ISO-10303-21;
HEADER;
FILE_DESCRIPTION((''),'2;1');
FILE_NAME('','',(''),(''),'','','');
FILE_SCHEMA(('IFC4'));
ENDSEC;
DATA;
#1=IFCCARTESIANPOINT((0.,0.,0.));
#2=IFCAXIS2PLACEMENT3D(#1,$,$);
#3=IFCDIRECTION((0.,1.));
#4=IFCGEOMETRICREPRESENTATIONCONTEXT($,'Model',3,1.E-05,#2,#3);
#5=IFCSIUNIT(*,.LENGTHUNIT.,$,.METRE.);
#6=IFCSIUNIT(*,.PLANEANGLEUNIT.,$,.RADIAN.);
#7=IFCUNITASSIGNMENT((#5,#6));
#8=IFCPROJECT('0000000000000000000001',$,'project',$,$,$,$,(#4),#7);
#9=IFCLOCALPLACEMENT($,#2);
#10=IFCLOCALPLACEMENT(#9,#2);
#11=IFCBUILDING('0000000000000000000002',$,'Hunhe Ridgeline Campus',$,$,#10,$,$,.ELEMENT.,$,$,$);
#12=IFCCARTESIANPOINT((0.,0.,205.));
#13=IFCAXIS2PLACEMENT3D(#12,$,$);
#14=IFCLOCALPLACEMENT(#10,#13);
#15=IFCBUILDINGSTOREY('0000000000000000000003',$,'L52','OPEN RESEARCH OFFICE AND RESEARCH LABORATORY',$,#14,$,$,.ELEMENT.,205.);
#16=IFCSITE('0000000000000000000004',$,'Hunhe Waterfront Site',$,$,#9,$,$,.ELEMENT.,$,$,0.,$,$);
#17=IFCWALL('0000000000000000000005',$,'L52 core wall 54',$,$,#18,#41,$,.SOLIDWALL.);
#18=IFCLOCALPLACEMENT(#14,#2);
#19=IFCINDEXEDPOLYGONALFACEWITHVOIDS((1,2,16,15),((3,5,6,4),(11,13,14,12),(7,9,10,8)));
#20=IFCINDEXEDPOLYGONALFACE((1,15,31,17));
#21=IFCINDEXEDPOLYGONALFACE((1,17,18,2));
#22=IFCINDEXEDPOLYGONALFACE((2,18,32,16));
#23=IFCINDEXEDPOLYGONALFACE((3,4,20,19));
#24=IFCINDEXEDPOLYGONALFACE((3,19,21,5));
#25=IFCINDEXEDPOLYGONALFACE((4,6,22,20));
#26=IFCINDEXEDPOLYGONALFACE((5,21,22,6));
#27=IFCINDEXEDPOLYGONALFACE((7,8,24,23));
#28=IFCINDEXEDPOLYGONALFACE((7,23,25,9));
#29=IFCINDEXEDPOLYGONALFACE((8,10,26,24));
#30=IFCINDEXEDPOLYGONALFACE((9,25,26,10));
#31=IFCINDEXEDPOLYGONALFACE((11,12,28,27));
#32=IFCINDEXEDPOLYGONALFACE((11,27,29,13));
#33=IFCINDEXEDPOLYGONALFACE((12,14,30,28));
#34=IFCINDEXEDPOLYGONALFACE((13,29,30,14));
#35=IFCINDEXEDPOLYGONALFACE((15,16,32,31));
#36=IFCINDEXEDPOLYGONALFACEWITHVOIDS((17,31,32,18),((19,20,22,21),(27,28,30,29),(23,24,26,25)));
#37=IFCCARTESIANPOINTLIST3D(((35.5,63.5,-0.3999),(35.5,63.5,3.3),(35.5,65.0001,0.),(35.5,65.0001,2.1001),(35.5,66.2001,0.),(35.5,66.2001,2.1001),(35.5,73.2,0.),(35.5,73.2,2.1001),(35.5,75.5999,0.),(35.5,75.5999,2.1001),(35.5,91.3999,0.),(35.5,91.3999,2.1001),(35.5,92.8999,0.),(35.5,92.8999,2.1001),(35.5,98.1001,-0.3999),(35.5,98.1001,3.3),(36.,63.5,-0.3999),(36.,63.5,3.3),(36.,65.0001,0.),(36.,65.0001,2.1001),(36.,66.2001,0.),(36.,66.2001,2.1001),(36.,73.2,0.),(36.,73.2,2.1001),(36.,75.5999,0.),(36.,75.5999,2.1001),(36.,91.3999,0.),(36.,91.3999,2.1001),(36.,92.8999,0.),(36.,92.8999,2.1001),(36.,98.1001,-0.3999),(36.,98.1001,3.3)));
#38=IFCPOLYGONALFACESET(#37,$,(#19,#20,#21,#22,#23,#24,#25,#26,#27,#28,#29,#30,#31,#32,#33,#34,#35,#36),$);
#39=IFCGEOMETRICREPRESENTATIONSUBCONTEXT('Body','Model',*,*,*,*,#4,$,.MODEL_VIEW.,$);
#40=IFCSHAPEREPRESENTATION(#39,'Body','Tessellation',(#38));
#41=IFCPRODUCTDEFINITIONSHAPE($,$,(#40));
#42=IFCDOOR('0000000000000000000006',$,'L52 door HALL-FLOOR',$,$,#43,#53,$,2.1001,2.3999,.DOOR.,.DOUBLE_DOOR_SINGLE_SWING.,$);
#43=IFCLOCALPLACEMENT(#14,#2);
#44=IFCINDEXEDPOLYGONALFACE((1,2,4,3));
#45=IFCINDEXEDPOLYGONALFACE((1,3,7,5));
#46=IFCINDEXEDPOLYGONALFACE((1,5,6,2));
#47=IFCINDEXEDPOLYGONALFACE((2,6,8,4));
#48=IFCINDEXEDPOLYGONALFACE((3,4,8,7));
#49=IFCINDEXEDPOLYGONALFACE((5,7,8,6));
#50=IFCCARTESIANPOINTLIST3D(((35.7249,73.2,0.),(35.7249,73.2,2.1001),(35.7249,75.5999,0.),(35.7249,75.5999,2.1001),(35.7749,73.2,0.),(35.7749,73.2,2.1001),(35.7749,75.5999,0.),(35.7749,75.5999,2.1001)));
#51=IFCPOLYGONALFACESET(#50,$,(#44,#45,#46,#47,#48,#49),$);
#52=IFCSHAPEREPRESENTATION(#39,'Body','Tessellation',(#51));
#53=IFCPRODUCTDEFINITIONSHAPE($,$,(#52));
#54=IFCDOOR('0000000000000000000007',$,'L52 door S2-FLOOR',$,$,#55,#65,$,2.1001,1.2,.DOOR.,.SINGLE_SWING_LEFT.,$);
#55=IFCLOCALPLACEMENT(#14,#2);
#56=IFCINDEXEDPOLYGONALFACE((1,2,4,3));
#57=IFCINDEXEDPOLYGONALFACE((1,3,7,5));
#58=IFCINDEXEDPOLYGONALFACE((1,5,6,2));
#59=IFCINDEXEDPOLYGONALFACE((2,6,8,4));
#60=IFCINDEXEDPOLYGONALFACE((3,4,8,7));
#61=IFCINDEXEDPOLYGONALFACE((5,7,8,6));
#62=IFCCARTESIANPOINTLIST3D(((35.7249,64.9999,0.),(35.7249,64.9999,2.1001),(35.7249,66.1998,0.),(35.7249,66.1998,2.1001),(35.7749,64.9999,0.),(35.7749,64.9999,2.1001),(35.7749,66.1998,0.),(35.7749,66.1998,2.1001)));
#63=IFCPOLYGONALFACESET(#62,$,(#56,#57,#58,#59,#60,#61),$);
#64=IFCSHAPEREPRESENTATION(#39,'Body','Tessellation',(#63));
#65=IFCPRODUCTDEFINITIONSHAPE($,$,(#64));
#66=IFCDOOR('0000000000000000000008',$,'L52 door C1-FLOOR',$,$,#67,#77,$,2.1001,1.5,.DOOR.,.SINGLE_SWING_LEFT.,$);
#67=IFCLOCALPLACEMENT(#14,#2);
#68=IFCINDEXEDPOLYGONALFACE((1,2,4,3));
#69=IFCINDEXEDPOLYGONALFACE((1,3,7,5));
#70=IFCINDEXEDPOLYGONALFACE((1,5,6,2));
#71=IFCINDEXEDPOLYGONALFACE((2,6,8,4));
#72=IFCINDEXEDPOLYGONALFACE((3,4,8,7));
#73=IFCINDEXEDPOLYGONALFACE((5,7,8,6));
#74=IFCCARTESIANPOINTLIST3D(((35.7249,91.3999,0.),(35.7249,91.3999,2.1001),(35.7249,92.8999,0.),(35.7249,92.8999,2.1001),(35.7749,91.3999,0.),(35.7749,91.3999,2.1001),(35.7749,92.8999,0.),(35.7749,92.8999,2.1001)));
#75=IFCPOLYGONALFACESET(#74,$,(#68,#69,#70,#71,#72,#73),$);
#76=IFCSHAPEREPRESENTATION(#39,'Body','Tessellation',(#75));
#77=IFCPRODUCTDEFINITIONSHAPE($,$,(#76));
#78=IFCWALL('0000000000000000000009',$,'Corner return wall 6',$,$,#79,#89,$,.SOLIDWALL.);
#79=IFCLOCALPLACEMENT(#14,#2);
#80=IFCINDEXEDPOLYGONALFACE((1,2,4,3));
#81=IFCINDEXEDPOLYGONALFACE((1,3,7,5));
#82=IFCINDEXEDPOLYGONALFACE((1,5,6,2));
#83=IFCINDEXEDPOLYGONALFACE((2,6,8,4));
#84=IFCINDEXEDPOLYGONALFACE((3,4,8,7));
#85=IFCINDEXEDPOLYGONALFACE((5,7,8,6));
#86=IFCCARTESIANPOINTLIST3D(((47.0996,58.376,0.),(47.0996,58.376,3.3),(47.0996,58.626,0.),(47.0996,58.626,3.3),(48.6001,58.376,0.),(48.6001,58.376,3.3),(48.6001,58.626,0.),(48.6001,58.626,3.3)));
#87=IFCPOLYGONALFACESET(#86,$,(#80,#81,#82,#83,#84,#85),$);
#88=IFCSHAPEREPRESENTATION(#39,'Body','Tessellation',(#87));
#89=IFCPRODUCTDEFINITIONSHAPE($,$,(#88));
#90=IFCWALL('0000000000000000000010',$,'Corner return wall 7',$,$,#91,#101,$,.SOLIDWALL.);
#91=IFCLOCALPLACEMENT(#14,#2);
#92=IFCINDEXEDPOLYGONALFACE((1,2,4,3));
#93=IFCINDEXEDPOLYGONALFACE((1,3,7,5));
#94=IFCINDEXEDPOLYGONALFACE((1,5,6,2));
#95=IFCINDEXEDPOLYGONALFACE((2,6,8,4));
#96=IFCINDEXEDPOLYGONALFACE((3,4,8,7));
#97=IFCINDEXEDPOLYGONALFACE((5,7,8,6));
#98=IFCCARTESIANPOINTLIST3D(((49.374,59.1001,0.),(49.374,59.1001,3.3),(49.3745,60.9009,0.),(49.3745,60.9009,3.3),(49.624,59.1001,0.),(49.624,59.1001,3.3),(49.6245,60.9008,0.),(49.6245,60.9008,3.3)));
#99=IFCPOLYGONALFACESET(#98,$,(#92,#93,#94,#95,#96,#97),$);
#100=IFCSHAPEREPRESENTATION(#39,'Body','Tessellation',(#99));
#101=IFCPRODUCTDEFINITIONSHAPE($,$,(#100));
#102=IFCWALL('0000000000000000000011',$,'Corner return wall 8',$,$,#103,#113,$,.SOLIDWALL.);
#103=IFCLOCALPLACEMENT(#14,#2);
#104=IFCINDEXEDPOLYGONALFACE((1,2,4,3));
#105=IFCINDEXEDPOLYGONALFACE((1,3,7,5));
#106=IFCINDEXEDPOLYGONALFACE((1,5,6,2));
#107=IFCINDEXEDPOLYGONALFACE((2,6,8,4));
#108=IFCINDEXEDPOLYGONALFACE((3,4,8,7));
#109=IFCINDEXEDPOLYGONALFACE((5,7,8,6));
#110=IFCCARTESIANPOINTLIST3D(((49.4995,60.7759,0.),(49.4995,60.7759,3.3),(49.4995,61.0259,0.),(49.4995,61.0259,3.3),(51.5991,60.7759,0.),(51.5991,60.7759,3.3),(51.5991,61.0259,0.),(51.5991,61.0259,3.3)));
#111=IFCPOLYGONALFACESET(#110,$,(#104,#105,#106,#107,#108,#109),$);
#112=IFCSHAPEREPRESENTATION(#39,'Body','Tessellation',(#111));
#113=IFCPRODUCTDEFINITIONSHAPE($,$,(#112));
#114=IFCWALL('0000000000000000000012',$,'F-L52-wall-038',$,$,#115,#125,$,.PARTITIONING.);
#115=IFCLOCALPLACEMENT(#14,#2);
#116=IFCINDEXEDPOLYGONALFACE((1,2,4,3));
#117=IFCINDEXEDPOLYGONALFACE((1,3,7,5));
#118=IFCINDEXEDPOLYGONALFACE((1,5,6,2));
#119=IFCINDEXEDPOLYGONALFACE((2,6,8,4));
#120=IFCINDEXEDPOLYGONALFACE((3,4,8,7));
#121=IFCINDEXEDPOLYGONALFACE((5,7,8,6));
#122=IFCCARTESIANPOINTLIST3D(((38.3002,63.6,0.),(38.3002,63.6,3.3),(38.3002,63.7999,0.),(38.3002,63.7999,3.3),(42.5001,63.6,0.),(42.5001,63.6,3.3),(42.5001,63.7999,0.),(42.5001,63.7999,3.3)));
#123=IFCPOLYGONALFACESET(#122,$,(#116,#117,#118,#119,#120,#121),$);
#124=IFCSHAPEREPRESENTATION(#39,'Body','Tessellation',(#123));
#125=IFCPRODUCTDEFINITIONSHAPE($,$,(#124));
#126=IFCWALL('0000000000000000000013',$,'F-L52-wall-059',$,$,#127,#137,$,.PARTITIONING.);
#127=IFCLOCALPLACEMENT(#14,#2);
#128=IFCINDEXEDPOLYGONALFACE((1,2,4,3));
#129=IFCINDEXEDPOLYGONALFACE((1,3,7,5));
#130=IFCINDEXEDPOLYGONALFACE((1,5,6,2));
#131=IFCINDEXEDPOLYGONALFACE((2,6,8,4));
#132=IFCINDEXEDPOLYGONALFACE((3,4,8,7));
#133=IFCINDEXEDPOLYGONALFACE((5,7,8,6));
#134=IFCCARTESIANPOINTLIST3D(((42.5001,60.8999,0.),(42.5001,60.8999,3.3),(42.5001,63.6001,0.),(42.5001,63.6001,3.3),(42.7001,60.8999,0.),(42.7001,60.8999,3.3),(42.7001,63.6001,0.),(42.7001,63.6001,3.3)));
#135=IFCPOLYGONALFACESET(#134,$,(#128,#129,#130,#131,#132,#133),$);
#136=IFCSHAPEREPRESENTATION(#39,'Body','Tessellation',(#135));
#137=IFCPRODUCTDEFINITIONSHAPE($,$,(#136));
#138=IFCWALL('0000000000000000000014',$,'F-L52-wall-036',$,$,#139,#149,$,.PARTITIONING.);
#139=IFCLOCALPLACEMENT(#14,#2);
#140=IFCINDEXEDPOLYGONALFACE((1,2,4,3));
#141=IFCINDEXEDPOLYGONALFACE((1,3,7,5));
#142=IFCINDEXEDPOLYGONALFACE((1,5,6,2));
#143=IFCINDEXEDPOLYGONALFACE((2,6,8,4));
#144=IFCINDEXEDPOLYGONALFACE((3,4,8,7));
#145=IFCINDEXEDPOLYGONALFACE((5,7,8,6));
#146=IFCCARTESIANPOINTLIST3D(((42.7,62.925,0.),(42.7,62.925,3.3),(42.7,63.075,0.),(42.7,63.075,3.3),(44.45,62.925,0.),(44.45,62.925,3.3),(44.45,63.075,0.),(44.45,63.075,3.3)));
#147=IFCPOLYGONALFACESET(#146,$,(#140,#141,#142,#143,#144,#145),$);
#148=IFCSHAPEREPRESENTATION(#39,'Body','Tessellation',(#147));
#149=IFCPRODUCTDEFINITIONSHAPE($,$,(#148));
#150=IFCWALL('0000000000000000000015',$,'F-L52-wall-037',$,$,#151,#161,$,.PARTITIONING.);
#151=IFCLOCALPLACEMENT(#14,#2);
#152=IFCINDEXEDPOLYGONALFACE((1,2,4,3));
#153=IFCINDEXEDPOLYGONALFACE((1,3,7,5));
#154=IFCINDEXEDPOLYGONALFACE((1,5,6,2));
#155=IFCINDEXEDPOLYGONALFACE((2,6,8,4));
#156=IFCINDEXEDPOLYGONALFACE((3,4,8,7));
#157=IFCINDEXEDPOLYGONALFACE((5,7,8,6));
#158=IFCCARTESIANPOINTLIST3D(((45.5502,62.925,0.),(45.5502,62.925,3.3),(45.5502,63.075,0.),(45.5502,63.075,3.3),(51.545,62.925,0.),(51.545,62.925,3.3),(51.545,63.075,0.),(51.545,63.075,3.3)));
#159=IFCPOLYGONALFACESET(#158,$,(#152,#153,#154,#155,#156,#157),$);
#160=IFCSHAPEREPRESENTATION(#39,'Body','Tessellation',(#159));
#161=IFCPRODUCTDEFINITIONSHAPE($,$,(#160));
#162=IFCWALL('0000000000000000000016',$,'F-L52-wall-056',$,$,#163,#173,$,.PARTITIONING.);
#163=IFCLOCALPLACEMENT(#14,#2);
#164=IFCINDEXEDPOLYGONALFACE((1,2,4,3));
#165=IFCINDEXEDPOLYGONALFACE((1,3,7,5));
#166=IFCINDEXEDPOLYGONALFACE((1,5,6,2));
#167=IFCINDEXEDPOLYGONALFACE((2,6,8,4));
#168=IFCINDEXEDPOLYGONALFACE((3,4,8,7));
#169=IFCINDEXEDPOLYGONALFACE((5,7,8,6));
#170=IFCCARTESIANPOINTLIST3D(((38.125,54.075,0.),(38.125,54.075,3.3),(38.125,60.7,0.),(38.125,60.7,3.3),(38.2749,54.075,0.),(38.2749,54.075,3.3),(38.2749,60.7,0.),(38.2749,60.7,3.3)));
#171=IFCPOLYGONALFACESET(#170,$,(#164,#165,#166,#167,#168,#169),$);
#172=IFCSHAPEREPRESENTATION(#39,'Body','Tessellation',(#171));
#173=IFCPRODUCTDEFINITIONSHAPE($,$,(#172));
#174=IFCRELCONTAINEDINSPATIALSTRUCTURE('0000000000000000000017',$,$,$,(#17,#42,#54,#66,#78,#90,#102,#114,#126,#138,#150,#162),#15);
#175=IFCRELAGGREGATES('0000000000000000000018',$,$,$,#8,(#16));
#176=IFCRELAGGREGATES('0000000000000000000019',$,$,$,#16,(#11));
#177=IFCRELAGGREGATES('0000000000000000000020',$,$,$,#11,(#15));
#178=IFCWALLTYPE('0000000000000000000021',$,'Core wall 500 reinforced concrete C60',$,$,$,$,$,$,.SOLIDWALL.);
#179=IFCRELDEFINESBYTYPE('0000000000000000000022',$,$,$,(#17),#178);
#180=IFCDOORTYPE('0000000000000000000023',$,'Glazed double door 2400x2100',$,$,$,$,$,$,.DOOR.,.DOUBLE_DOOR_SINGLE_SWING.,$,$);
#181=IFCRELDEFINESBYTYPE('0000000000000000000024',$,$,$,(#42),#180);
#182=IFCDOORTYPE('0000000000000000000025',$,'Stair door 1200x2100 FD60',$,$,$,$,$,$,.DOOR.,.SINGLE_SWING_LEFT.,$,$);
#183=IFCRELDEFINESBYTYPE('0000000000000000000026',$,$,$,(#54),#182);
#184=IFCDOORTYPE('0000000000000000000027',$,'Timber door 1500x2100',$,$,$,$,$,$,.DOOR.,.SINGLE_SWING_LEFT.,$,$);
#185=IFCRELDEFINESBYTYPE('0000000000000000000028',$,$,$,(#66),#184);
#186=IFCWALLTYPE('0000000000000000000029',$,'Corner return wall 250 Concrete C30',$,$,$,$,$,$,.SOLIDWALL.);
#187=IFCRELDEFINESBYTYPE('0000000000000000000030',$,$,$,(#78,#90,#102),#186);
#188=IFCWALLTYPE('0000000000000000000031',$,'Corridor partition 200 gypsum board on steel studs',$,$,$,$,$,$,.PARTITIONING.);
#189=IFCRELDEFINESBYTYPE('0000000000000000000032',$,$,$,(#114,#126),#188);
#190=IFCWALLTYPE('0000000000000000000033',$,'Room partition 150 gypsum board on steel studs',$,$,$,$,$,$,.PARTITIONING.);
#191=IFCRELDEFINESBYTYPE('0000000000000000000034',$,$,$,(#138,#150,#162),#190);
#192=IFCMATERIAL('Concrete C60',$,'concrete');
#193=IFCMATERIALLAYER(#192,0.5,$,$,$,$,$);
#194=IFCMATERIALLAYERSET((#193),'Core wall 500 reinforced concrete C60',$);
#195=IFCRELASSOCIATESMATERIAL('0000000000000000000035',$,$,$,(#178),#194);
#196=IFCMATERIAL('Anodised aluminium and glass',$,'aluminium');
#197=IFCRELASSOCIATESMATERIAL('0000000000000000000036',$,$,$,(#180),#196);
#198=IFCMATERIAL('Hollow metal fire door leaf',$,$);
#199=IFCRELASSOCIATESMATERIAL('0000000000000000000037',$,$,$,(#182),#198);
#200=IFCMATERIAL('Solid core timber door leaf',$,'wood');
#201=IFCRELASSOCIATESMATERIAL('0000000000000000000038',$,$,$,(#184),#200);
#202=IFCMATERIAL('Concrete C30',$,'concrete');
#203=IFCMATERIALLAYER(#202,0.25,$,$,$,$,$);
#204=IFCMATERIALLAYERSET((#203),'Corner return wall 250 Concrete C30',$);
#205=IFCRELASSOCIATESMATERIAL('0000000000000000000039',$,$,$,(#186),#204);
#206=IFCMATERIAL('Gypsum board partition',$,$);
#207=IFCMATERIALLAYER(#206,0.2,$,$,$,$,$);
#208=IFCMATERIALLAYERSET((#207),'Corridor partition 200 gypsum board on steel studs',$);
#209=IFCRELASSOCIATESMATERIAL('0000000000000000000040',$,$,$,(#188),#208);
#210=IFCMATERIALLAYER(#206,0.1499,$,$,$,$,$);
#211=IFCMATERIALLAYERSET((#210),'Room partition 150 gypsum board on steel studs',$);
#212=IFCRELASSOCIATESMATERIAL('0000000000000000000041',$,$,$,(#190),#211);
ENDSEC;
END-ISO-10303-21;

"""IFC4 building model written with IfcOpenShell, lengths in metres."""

from ifc_helpers import new_model, si_unit, direction, frame, frame_2d, origin, place, context, subcontext, project, spatial, rectangle, extrude, material, layer, layer_set, type_object, element, fill, save


model = new_model("IFC4")

# Units and contexts
model_context = context("Model", 3, precision=1e-05, world=origin(), true_north=direction((0.0, 1.0)))
body_context = subcontext(model_context, "Body", "Model", "MODEL_VIEW")
ifc_project = project(units=[si_unit("LENGTHUNIT", "METRE"), si_unit("PLANEANGLEUNIT", "RADIAN")], contexts=[model_context])

# Site, building, storey
site_placement = place(None, origin())
site = spatial("IfcSite", under=ifc_project, at=site_placement, Name="Hunhe Waterfront Site", CompositionType="ELEMENT", RefElevation=0.0)
building_placement = place(site_placement, origin())
building = spatial("IfcBuilding", under=site, at=building_placement, Name="Hunhe Ridgeline Campus", CompositionType="ELEMENT")
storey_placement = place(building_placement, frame((0.0, 0.0, 205.0)))
storey = spatial("IfcBuildingStorey", under=building, at=storey_placement, Name="L52", Description="OPEN RESEARCH OFFICE AND RESEARCH LABORATORY", CompositionType="ELEMENT", Elevation=205.0)

# Shared definitions
ifc_material_1 = material(Name="Concrete C60", Category="concrete")

# Wall, openings, doors
ifc_layer_1 = layer(ifc_material_1, 0.5)
ifc_layer_set_1 = layer_set([ifc_layer_1], Name="Core wall 500 reinforced concrete C60")
wall_type_1 = type_object("IfcWallType", Name="Core wall 500 reinforced concrete C60", PredefinedType="SOLIDWALL", material=ifc_layer_set_1)
wall_1_placement = place(storey_placement, frame((35.75, 63.5, -0.3999), z_axis=(0.0, 0.0, 1.0), x_axis=(0.0, 1.0, 0.0)))
wall_1 = element("IfcWall", 1, at=wall_1_placement, inside=storey, type_object=wall_type_1, Name="L52 core wall 54", PredefinedType="SOLIDWALL", context=body_context, shape_type="SweptSolid", body=[
    extrude(rectangle(XDim=34.6001, YDim=0.5, at=frame_2d((17.3, 0.0))), origin(), (0.0, 0.0, 1.0), 3.7),
])
opening_1_placement = place(wall_1_placement, frame((9.7, 0.0, 0.3999)))
opening_1 = element("IfcOpeningElement", 2, at=opening_1_placement, cuts=wall_1, PredefinedType="OPENING", context=body_context, shape_type="SweptSolid", body=[
    extrude(rectangle(XDim=2.3999, YDim=2.1001, at=frame_2d((1.2, 1.05))), frame((0.0, 0.25, 0.0), z_axis=(0.0, -1.0, 0.0), x_axis=(1.0, 0.0, 0.0)), (0.0, 0.0, 1.0), 0.5),
])
opening_2_placement = place(wall_1_placement, frame((27.8999, 0.0, 0.3999)))
opening_2 = element("IfcOpeningElement", 3, at=opening_2_placement, cuts=wall_1, PredefinedType="OPENING", context=body_context, shape_type="SweptSolid", body=[
    extrude(rectangle(XDim=1.5, YDim=2.1001, at=frame_2d((0.75, 1.05))), frame((0.0, 0.25, 0.0), z_axis=(0.0, -1.0, 0.0), x_axis=(1.0, 0.0, 0.0)), (0.0, 0.0, 1.0), 0.5),
])
opening_3_placement = place(wall_1_placement, frame((1.5, 0.0, 0.3999)))
opening_3 = element("IfcOpeningElement", 4, at=opening_3_placement, cuts=wall_1, PredefinedType="OPENING", context=body_context, shape_type="SweptSolid", body=[
    extrude(rectangle(XDim=1.2, YDim=2.1001, at=frame_2d((0.6001, 1.05))), frame((0.0, 0.25, 0.0), z_axis=(0.0, -1.0, 0.0), x_axis=(1.0, 0.0, 0.0)), (0.0, 0.0, 1.0), 0.5),
])
ifc_material_2 = material(Name="Anodised aluminium and glass", Category="aluminium")
door_type_1 = type_object("IfcDoorType", Name="Glazed double door 2400x2100", OperationType="DOUBLE_DOOR_SINGLE_SWING", PredefinedType="DOOR", material=ifc_material_2)
door_1_placement = place(opening_1_placement, frame((2.3999, 0.0, 0.0), z_axis=(0.0, 0.0, 1.0), x_axis=(-1.0, 0.0, 0.0)))
door_1 = element("IfcDoor", 5, at=door_1_placement, inside=storey, type_object=door_type_1, Name="L52 door HALL-FLOOR", OperationType="DOUBLE_DOOR_SINGLE_SWING", OverallHeight=2.1001, OverallWidth=2.3999, PredefinedType="DOOR", context=body_context, shape_type="SweptSolid", body=[
    extrude(rectangle(XDim=2.3999, YDim=2.1001, at=frame_2d((1.2, 1.05))), frame((0.0, 0.0249, 0.0), z_axis=(0.0, -1.0, 0.0), x_axis=(1.0, 0.0, 0.0)), (0.0, 0.0, 1.0), 0.05),
])
fill(opening_1, door_1)
ifc_material_3 = material(Name="Hollow metal fire door leaf")
door_type_2 = type_object("IfcDoorType", Name="Stair door 1200x2100 FD60", OperationType="SINGLE_SWING_LEFT", PredefinedType="DOOR", material=ifc_material_3)
door_2_placement = place(opening_3_placement, frame((1.2, 0.0, 0.0), z_axis=(0.0, 0.0, 1.0), x_axis=(-1.0, 0.0, 0.0)))
door_2 = element("IfcDoor", 6, at=door_2_placement, inside=storey, type_object=door_type_2, Name="L52 door S2-FLOOR", OperationType="SINGLE_SWING_LEFT", OverallHeight=2.1001, OverallWidth=1.2, PredefinedType="DOOR", context=body_context, shape_type="SweptSolid", body=[
    extrude(rectangle(XDim=1.2, YDim=2.1001, at=frame_2d((0.6001, 1.05))), frame((0.0, 0.0249, 0.0), z_axis=(0.0, -1.0, 0.0), x_axis=(1.0, 0.0, 0.0)), (0.0, 0.0, 1.0), 0.05),
])
fill(opening_3, door_2)
ifc_material_4 = material(Name="Solid core timber door leaf", Category="wood")
door_type_3 = type_object("IfcDoorType", Name="Timber door 1500x2100", OperationType="SINGLE_SWING_LEFT", PredefinedType="DOOR", material=ifc_material_4)
door_3_placement = place(opening_2_placement, frame((1.5, 0.0, 0.0), z_axis=(0.0, 0.0, 1.0), x_axis=(-1.0, 0.0, 0.0)))
door_3 = element("IfcDoor", 7, at=door_3_placement, inside=storey, type_object=door_type_3, Name="L52 door C1-FLOOR", OperationType="SINGLE_SWING_LEFT", OverallHeight=2.1001, OverallWidth=1.5, PredefinedType="DOOR", context=body_context, shape_type="SweptSolid", body=[
    extrude(rectangle(XDim=1.5, YDim=2.1001, at=frame_2d((0.75, 1.05))), frame((0.0, 0.0249, 0.0), z_axis=(0.0, -1.0, 0.0), x_axis=(1.0, 0.0, 0.0)), (0.0, 0.0, 1.0), 0.05),
])
fill(opening_2, door_3)

# Walls
ifc_material_5 = material(Name="Concrete C30", Category="concrete")
ifc_layer_2 = layer(ifc_material_5, 0.25)
ifc_layer_set_2 = layer_set([ifc_layer_2], Name="Corner return wall 250 Concrete C30")
wall_type_2 = type_object("IfcWallType", Name="Corner return wall 250 Concrete C30", PredefinedType="SOLIDWALL", material=ifc_layer_set_2)
wall_2_placement = place(storey_placement, frame((47.0996, 58.501, 0.0), z_axis=(0.0, 0.0, 1.0), x_axis=(1.0, 0.0, 0.0)))
element("IfcWall", 8, at=wall_2_placement, inside=storey, type_object=wall_type_2, Name="Corner return wall 6", PredefinedType="SOLIDWALL", context=body_context, shape_type="SweptSolid", body=[
    extrude(rectangle(XDim=1.5005, YDim=0.25, at=frame_2d((0.7502, 0.0))), origin(), (0.0, 0.0, 1.0), 3.3),
])
wall_3_placement = place(storey_placement, frame((49.499, 59.1001, 0.0), z_axis=(0.0, 0.0, 1.0), x_axis=(0.000271, 1.0, 0.0)))
element("IfcWall", 9, at=wall_3_placement, inside=storey, type_object=wall_type_2, Name="Corner return wall 7", PredefinedType="SOLIDWALL", context=body_context, shape_type="SweptSolid", body=[
    extrude(rectangle(XDim=1.8008, YDim=0.25, at=frame_2d((0.9004, 0.0))), origin(), (0.0, 0.0, 1.0), 3.3),
])
wall_4_placement = place(storey_placement, frame((49.4995, 60.9009, 0.0), z_axis=(0.0, 0.0, 1.0), x_axis=(1.0, 0.0, 0.0)))
element("IfcWall", 10, at=wall_4_placement, inside=storey, type_object=wall_type_2, Name="Corner return wall 8", PredefinedType="SOLIDWALL", context=body_context, shape_type="SweptSolid", body=[
    extrude(rectangle(XDim=2.0996, YDim=0.25, at=frame_2d((1.0498, 0.0))), origin(), (0.0, 0.0, 1.0), 3.3),
])

# Shared definitions
ifc_material_6 = material(Name="Gypsum board partition")
ifc_layer_3 = layer(ifc_material_6, 0.2)
ifc_layer_set_3 = layer_set([ifc_layer_3], Name="Corridor partition 200 gypsum board on steel studs")
wall_type_3 = type_object("IfcWallType", Name="Corridor partition 200 gypsum board on steel studs", PredefinedType="PARTITIONING", material=ifc_layer_set_3)

# Walls
wall_5_placement = place(storey_placement, frame((38.3, 63.7, 0.0), z_axis=(0.0, 0.0, 1.0), x_axis=(1.0, 0.0, 0.0)))
element("IfcWall", 11, at=wall_5_placement, inside=storey, type_object=wall_type_3, Name="F-L52-wall-038", PredefinedType="PARTITIONING", context=body_context, shape_type="SweptSolid", body=[
    extrude(rectangle(XDim=4.2, YDim=0.2, at=frame_2d((2.1001, 0.0))), origin(), (0.0, 0.0, 1.0), 3.3),
])
wall_6_placement = place(storey_placement, frame((42.6001, 63.6001, 0.0), z_axis=(0.0, 0.0, 1.0), x_axis=(0.0, -1.0, 0.0)))
element("IfcWall", 12, at=wall_6_placement, inside=storey, type_object=wall_type_3, Name="F-L52-wall-059", PredefinedType="PARTITIONING", context=body_context, shape_type="SweptSolid", body=[
    extrude(rectangle(XDim=2.7002, YDim=0.2, at=frame_2d((1.3501, 0.0))), origin(), (0.0, 0.0, 1.0), 3.3),
])
ifc_layer_4 = layer(ifc_material_6, 0.1499)
ifc_layer_set_4 = layer_set([ifc_layer_4], Name="Room partition 150 gypsum board on steel studs")
wall_type_4 = type_object("IfcWallType", Name="Room partition 150 gypsum board on steel studs", PredefinedType="PARTITIONING", material=ifc_layer_set_4)
wall_7_placement = place(storey_placement, frame((42.7, 63.0, 0.0), z_axis=(0.0, 0.0, 1.0), x_axis=(1.0, 0.0, 0.0)))
element("IfcWall", 13, at=wall_7_placement, inside=storey, type_object=wall_type_4, Name="F-L52-wall-036", PredefinedType="PARTITIONING", context=body_context, shape_type="SweptSolid", body=[
    extrude(rectangle(XDim=1.75, YDim=0.1499, at=frame_2d((0.875, 0.0))), origin(), (0.0, 0.0, 1.0), 3.3),
])
wall_8_placement = place(storey_placement, frame((45.55, 63.0, 0.0), z_axis=(0.0, 0.0, 1.0), x_axis=(1.0, 0.0, 0.0)))
element("IfcWall", 14, at=wall_8_placement, inside=storey, type_object=wall_type_4, Name="F-L52-wall-037", PredefinedType="PARTITIONING", context=body_context, shape_type="SweptSolid", body=[
    extrude(rectangle(XDim=5.9949, YDim=0.1499, at=frame_2d((2.9976, 0.0))), origin(), (0.0, 0.0, 1.0), 3.3),
])
wall_9_placement = place(storey_placement, frame((38.2, 60.7, 0.0), z_axis=(0.0, 0.0, 1.0), x_axis=(0.0, -1.0, 0.0)))
element("IfcWall", 15, at=wall_9_placement, inside=storey, type_object=wall_type_4, Name="F-L52-wall-056", PredefinedType="PARTITIONING", context=body_context, shape_type="SweptSolid", body=[
    extrude(rectangle(XDim=6.625, YDim=0.1499, at=frame_2d((3.3125, 0.0))), origin(), (0.0, 0.0, 1.0), 3.3),
])

save(model, "model.ifc")
